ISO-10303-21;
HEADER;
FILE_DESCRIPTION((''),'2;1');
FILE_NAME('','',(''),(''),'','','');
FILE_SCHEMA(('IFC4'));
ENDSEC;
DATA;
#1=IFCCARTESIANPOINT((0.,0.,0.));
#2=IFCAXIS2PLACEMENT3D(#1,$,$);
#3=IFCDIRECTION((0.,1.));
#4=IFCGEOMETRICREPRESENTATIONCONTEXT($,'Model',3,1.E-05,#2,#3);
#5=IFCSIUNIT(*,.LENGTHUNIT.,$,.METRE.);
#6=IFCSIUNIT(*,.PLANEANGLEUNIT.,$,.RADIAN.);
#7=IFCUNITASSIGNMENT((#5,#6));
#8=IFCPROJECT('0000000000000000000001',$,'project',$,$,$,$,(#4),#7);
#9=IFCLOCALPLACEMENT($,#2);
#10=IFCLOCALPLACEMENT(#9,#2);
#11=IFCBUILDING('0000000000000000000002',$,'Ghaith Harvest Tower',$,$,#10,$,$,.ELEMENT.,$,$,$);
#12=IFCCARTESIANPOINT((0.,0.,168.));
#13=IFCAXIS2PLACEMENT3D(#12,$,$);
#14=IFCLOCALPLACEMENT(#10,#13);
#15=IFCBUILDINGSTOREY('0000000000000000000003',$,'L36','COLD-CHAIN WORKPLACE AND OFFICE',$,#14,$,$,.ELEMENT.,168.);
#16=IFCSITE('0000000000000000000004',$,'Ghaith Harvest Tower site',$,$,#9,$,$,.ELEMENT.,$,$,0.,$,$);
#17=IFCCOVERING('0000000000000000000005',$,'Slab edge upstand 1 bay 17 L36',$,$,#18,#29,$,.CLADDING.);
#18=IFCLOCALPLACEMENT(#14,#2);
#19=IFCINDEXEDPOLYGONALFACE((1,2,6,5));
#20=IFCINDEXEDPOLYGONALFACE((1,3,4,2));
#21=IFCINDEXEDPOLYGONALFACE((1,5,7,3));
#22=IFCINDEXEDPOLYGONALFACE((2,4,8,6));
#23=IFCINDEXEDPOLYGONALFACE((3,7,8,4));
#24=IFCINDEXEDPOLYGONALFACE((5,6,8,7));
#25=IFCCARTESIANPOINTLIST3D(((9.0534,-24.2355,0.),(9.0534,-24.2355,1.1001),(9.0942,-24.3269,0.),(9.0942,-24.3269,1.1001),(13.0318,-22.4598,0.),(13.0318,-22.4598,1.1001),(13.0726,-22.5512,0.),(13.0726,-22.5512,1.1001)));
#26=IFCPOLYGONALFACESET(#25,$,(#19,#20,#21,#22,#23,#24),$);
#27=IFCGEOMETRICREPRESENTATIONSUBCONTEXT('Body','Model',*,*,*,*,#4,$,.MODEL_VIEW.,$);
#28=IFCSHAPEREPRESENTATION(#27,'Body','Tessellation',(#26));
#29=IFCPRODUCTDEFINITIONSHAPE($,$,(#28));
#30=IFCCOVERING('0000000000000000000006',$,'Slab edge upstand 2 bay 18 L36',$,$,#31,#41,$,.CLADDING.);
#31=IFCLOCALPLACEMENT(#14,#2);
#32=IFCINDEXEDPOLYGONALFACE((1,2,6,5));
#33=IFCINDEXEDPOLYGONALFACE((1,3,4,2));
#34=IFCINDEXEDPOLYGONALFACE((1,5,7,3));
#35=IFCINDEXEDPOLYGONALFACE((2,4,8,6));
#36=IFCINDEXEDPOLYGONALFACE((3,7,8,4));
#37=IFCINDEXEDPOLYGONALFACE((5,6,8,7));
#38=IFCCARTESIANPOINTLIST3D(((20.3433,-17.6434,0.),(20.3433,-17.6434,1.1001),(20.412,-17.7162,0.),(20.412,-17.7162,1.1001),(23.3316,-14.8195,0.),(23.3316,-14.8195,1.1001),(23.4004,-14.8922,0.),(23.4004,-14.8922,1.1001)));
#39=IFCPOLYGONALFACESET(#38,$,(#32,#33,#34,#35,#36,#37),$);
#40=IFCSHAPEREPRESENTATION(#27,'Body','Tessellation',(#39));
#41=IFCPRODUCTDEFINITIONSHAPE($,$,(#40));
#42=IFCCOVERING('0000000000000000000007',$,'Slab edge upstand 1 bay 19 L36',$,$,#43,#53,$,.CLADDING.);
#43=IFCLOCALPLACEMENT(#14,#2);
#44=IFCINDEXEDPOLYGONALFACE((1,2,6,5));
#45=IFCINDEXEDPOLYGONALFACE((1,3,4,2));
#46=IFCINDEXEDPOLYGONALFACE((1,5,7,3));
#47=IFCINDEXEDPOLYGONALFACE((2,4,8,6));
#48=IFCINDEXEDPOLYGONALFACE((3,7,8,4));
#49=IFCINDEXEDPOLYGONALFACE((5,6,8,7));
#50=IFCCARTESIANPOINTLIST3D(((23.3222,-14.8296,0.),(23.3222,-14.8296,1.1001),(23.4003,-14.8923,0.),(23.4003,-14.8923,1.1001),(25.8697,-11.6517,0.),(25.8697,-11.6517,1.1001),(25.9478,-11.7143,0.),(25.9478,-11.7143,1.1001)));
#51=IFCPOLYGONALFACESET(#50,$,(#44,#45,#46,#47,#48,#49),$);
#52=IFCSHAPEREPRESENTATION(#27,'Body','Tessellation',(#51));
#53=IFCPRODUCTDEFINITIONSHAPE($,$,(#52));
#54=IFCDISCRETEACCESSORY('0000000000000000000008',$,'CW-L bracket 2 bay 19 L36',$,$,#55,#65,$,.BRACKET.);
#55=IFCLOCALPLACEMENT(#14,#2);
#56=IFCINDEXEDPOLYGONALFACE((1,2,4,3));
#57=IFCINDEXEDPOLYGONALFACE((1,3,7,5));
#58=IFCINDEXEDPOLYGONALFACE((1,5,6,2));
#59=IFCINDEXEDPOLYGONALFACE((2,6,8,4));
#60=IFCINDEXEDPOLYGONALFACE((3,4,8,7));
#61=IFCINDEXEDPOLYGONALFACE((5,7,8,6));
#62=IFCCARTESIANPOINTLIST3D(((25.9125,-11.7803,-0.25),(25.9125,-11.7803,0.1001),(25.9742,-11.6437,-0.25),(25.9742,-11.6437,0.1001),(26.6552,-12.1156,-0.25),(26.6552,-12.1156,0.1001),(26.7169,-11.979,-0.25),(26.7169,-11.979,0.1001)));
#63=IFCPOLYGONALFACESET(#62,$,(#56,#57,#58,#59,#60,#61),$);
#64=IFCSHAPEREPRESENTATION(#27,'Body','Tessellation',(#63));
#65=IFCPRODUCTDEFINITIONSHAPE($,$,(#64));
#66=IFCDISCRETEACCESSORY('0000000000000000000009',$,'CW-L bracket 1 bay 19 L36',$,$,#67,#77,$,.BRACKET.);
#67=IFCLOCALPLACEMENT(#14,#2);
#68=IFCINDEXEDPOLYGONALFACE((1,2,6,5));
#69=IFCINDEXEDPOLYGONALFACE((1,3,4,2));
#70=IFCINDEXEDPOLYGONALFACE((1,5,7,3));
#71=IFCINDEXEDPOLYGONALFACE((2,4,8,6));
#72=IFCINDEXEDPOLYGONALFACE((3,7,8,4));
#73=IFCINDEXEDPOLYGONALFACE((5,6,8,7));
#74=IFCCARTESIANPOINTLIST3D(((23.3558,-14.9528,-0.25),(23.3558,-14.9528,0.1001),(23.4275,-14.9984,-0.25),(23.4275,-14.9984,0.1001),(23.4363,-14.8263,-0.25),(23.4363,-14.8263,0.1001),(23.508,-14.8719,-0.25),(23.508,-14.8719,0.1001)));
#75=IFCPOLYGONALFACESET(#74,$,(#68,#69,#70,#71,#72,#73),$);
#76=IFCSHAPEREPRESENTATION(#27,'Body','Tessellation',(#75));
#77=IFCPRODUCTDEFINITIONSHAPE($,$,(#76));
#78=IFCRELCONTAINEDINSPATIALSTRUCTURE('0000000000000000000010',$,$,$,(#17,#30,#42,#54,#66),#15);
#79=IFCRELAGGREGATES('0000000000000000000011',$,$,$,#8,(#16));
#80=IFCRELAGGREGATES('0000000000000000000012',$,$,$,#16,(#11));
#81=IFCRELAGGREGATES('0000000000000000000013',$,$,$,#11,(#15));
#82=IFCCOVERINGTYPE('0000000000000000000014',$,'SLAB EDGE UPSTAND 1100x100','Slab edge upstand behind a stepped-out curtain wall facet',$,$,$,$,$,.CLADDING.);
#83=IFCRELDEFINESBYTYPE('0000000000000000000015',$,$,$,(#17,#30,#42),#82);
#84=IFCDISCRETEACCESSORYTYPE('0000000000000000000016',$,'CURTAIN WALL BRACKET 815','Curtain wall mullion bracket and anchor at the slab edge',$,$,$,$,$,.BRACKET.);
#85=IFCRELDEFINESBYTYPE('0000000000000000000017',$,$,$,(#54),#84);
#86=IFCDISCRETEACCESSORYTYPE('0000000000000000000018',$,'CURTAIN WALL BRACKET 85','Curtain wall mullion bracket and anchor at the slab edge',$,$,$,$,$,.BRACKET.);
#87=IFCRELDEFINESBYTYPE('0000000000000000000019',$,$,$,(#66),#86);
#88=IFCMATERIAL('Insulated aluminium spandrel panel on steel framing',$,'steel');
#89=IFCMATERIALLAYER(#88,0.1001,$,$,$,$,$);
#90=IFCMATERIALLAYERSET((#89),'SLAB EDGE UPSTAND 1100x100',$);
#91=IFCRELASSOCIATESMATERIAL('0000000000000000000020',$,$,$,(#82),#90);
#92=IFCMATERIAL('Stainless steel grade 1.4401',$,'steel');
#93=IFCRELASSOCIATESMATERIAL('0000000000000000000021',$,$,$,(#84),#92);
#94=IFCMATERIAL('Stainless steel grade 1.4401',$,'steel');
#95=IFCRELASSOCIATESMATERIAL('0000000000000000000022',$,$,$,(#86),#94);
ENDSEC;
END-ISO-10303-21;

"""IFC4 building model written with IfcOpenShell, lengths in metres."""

from ifc_helpers import new_model, si_unit, direction, frame, origin, origin_2d, place, context, subcontext, project, spatial, rectangle, extrude, material, layer, layer_set, type_object, element, save


model = new_model("IFC4")

# Units and contexts
model_context = context("Model", 3, precision=1e-05, world=origin(), true_north=direction((0.0, 1.0)))
body_context = subcontext(model_context, "Body", "Model", "MODEL_VIEW")
ifc_project = project(units=[si_unit("LENGTHUNIT", "METRE"), si_unit("PLANEANGLEUNIT", "RADIAN")], contexts=[model_context])

# Site, building, storey
site_placement = place(None, origin())
site = spatial("IfcSite", under=ifc_project, at=site_placement, Name="Ghaith Harvest Tower site", CompositionType="ELEMENT", RefElevation=0.0)
building_placement = place(site_placement, origin())
building = spatial("IfcBuilding", under=site, at=building_placement, Name="Ghaith Harvest Tower", CompositionType="ELEMENT")
storey_placement = place(building_placement, frame((0.0, 0.0, 168.0)))
storey = spatial("IfcBuildingStorey", under=building, at=storey_placement, Name="L36", Description="COLD-CHAIN WORKPLACE AND OFFICE", CompositionType="ELEMENT", Elevation=168.0)

# Coverings
ifc_material_1 = material(Name="Insulated aluminium spandrel panel on steel framing", Category="steel")
ifc_layer_1 = layer(ifc_material_1, 0.1001)
ifc_layer_set_1 = layer_set([ifc_layer_1], Name="SLAB EDGE UPSTAND 1100x100")
covering_type = type_object("IfcCoveringType", Name="SLAB EDGE UPSTAND 1100x100", Description="Slab edge upstand behind a stepped-out curtain wall facet", PredefinedType="CLADDING", material=ifc_layer_set_1)
covering_1_placement = place(storey_placement, frame((11.063, -23.3933, 0.0), z_axis=(0.0, 0.0, 1.0), x_axis=(0.91317, 0.407578, 0.0)))
element("IfcCovering", 1, at=covering_1_placement, inside=storey, type_object=covering_type, Name="Slab edge upstand 1 bay 17 L36", PredefinedType="CLADDING", context=body_context, shape_type="SweptSolid", body=[
    extrude(rectangle(XDim=4.3567, YDim=0.1001, at=origin_2d()), origin(), (0.0, 0.0, 1.0), 1.1001),
])
covering_2_placement = place(storey_placement, frame((21.8718, -16.2678, 0.0), z_axis=(0.0, 0.0, 1.0), x_axis=(0.72681, 0.686839, 0.0)))
element("IfcCovering", 2, at=covering_2_placement, inside=storey, type_object=covering_type, Name="Slab edge upstand 2 bay 18 L36", PredefinedType="CLADDING", context=body_context, shape_type="SweptSolid", body=[
    extrude(rectangle(XDim=4.1116, YDim=0.1001, at=origin_2d()), origin(), (0.0, 0.0, 1.0), 1.1001),
])
covering_3_placement = place(storey_placement, frame((24.635, -13.272, 0.0), z_axis=(0.0, 0.0, 1.0), x_axis=(0.625468, 0.78025, 0.0)))
element("IfcCovering", 3, at=covering_3_placement, inside=storey, type_object=covering_type, Name="Slab edge upstand 1 bay 19 L36", PredefinedType="CLADDING", context=body_context, shape_type="SweptSolid", body=[
    extrude(rectangle(XDim=4.073, YDim=0.1001, at=origin_2d()), origin(), (0.0, 0.0, 1.0), 1.1001),
])

# Discrete accessories
ifc_material_2 = material(Name="Stainless steel grade 1.4401", Category="steel")
discrete_accessory_type_1 = type_object("IfcDiscreteAccessoryType", Name="CURTAIN WALL BRACKET 815", Description="Curtain wall mullion bracket and anchor at the slab edge", PredefinedType="BRACKET", material=ifc_material_2)
discrete_accessory_1_placement = place(storey_placement, frame((26.3147, -11.8796, -0.25), z_axis=(0.0, 0.0, 1.0), x_axis=(0.911427, -0.411462, 0.0)))
element("IfcDiscreteAccessory", 4, at=discrete_accessory_1_placement, inside=storey, type_object=discrete_accessory_type_1, Name="CW-L bracket 2 bay 19 L36", PredefinedType="BRACKET", context=body_context, shape_type="SweptSolid", body=[
    extrude(rectangle(XDim=0.8149, YDim=0.1499, at=origin_2d()), origin(), (0.0, 0.0, 1.0), 0.3501),
])
ifc_material_3 = material(Name="Stainless steel grade 1.4401", Category="steel")
discrete_accessory_type_2 = type_object("IfcDiscreteAccessoryType", Name="CURTAIN WALL BRACKET 85", Description="Curtain wall mullion bracket and anchor at the slab edge", PredefinedType="BRACKET", material=ifc_material_3)
discrete_accessory_2_placement = place(storey_placement, frame((23.4319, -14.9124, -0.25), z_axis=(0.0, 0.0, 1.0), x_axis=(0.843644, -0.536903, 0.0)))
element("IfcDiscreteAccessory", 5, at=discrete_accessory_2_placement, inside=storey, type_object=discrete_accessory_type_2, Name="CW-L bracket 1 bay 19 L36", PredefinedType="BRACKET", context=body_context, shape_type="SweptSolid", body=[
    extrude(rectangle(XDim=0.085, YDim=0.1499, at=origin_2d()), origin(), (0.0, 0.0, 1.0), 0.3501),
])

save(model, "model.ifc")
